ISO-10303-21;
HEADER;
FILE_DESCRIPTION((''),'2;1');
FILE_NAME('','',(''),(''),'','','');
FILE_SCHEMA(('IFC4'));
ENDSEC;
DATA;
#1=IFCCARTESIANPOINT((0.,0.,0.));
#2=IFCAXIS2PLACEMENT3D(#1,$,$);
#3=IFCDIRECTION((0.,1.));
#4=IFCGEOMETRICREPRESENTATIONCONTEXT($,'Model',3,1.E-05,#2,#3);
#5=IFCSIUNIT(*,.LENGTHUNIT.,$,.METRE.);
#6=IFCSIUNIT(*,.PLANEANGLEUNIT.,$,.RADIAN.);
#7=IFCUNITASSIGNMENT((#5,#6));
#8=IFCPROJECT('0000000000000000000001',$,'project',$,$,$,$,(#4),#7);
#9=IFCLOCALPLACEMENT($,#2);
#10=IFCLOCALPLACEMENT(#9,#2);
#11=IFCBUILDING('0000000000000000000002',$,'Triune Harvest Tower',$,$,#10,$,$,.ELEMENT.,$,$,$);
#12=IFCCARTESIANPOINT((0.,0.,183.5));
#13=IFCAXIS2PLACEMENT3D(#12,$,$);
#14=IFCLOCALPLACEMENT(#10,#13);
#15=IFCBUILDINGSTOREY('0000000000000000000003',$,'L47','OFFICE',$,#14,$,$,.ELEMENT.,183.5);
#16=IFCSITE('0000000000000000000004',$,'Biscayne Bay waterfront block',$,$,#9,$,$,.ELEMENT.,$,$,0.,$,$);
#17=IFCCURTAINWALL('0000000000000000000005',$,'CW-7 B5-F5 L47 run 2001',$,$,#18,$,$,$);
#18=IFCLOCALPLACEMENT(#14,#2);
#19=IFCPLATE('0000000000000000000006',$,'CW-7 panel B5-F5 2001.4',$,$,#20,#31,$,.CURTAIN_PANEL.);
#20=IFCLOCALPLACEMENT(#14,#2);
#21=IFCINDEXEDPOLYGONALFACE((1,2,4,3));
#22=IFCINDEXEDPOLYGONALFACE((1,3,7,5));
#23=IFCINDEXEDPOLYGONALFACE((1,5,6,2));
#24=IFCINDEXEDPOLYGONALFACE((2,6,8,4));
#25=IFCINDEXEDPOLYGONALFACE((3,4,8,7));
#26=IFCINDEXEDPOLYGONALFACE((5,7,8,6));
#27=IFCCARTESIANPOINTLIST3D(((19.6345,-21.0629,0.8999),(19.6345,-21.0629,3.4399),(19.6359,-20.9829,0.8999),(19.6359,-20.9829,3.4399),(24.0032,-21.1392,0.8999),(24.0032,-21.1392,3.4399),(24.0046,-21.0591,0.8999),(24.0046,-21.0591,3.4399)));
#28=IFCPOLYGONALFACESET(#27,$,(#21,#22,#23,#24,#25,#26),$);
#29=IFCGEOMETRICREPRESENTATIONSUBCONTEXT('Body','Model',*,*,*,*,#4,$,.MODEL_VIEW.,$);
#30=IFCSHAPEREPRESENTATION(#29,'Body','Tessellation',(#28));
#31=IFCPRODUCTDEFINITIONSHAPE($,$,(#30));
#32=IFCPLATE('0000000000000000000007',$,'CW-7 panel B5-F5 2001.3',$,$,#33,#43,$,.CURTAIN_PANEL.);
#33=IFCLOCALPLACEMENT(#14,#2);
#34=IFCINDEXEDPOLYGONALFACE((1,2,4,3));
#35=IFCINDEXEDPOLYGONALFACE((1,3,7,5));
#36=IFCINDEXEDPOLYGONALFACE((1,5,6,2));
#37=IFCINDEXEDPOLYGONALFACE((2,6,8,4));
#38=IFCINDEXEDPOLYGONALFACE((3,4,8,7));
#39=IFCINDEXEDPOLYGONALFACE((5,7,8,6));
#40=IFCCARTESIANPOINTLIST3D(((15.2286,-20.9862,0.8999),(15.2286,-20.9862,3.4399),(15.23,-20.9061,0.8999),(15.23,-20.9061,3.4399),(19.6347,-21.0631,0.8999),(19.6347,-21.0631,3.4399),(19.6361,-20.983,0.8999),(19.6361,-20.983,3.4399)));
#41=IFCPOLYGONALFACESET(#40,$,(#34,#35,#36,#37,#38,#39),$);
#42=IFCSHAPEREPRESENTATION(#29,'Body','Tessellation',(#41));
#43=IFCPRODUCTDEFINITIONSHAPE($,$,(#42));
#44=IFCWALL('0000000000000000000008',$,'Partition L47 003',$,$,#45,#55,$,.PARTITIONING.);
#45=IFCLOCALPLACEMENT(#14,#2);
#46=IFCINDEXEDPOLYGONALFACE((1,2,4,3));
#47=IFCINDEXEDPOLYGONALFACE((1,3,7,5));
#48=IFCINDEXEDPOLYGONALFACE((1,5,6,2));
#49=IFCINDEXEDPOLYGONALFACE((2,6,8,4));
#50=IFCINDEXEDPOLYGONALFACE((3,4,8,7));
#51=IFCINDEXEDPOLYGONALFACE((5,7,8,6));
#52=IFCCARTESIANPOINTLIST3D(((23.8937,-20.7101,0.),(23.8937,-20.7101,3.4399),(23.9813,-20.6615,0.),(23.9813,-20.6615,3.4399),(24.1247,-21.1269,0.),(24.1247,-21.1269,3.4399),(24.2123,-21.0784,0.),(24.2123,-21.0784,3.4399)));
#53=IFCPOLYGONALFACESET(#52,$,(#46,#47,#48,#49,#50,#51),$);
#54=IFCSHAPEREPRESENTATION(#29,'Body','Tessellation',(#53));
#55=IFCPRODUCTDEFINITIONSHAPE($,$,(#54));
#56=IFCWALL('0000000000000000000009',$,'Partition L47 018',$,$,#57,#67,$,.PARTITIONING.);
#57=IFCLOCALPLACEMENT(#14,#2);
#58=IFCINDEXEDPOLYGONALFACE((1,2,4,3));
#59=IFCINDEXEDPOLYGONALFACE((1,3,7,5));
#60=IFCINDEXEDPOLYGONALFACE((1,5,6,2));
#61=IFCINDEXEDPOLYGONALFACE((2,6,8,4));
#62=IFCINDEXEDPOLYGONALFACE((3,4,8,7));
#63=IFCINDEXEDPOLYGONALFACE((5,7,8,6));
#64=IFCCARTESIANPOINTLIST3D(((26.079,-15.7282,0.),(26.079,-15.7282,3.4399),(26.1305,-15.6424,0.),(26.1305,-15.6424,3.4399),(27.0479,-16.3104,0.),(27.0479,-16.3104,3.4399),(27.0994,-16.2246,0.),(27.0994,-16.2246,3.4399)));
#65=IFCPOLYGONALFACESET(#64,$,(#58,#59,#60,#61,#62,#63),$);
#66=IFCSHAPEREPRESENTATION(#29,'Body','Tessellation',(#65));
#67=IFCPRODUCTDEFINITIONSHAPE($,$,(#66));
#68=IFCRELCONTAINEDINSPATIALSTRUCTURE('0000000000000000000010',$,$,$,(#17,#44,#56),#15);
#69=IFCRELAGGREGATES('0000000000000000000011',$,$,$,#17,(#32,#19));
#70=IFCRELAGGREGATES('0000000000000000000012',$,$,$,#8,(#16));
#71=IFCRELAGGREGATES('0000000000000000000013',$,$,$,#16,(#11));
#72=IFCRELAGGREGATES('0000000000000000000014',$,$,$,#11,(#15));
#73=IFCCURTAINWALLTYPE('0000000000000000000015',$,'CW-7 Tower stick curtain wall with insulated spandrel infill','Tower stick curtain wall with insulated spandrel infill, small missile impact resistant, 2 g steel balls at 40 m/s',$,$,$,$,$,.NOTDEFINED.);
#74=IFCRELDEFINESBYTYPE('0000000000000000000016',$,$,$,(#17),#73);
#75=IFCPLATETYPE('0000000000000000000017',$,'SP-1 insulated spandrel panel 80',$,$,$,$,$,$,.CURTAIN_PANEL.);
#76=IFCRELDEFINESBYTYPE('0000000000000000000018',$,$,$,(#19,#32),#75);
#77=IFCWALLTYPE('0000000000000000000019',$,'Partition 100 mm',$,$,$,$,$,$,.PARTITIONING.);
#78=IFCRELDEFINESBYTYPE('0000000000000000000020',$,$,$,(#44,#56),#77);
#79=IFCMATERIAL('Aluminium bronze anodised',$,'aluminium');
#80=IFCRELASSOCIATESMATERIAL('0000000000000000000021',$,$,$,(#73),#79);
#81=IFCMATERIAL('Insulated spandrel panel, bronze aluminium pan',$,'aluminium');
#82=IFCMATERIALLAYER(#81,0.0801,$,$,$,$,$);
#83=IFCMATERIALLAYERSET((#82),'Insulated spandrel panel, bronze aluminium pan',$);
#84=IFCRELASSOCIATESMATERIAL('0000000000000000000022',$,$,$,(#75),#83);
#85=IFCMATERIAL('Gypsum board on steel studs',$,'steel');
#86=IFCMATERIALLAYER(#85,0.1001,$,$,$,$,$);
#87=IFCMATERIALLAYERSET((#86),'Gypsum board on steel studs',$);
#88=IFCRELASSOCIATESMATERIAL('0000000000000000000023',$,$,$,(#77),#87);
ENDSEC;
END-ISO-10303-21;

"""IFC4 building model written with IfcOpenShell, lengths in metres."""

from ifc_helpers import new_model, si_unit, direction, frame, frame_2d, origin, origin_2d, place, context, subcontext, project, spatial, rectangle, extrude, source, transform, mapped, material, layer, layer_set, type_object, element, aggregate, save


model = new_model("IFC4")

# Units and contexts
model_context = context("Model", 3, precision=1e-05, world=origin(), true_north=direction((0.0, 1.0)))
body_context = subcontext(model_context, "Body", "Model", "MODEL_VIEW")
ifc_project = project(units=[si_unit("LENGTHUNIT", "METRE"), si_unit("PLANEANGLEUNIT", "RADIAN")], contexts=[model_context])

# Site, building, storey
site_placement = place(None, origin())
site = spatial("IfcSite", under=ifc_project, at=site_placement, Name="Biscayne Bay waterfront block", CompositionType="ELEMENT", RefElevation=0.0)
building_placement = place(site_placement, origin())
building = spatial("IfcBuilding", under=site, at=building_placement, Name="Triune Harvest Tower", CompositionType="ELEMENT")
storey_placement = place(building_placement, frame((0.0, 0.0, 183.5)))
storey = spatial("IfcBuildingStorey", under=building, at=storey_placement, Name="L47", Description="OFFICE", CompositionType="ELEMENT", Elevation=183.5)

# Curtain wall
ifc_material_1 = material(Name="Aluminium bronze anodised", Category="aluminium")
curtain_wall_type_1 = type_object("IfcCurtainWallType", Name="CW-7 Tower stick curtain wall with insulated spandrel infill", Description="Tower stick curtain wall with insulated spandrel infill, small missile impact resistant, 2 g steel balls at 40 m/s", PredefinedType="NOTDEFINED", material=ifc_material_1)
curtain_wall_1_placement = place(storey_placement, origin())
curtain_wall_1 = element("IfcCurtainWall", 1, at=curtain_wall_1_placement, inside=storey, type_object=curtain_wall_type_1, Name="CW-7 B5-F5 L47 run 2001")

# Plates
ifc_material_2 = material(Name="Insulated spandrel panel, bronze aluminium pan", Category="aluminium")
ifc_layer_1 = layer(ifc_material_2, 0.0801)
ifc_layer_set_1 = layer_set([ifc_layer_1], Name="Insulated spandrel panel, bronze aluminium pan")
plate_type_1 = type_object("IfcPlateType", Name="SP-1 insulated spandrel panel 80", PredefinedType="CURTAIN_PANEL", material=ifc_layer_set_1)
shared_shape_1 = source(origin(), body_context, "Body", "SweptSolid", [
    extrude(rectangle(XDim=4.3694, YDim=0.0801, at=origin_2d()), origin(), (0.0, 0.0, 1.0), 2.54),
])
plate_1_placement = place(storey_placement, frame((21.8196, -21.061, 0.8999), z_axis=(0.0, 0.0, 1.0), x_axis=(0.999848, -0.017451, 0.0)))
plate_1 = element("IfcPlate", 2, at=plate_1_placement, type_object=plate_type_1, Name="CW-7 panel B5-F5 2001.4", PredefinedType="CURTAIN_PANEL", context=body_context, shape_type="MappedRepresentation", body=[
    mapped(shared_shape_1, transform((0.0, 0.0, 0.0), scale=1.0)),
])
shared_shape_2 = source(origin(), body_context, "Body", "SweptSolid", [
    extrude(rectangle(XDim=4.4067, YDim=0.0801, at=origin_2d()), origin(), (0.0, 0.0, 1.0), 2.54),
])
plate_2_placement = place(storey_placement, frame((17.4324, -20.9846, 0.8999), z_axis=(0.0, 0.0, 1.0), x_axis=(0.999848, -0.017451, 0.0)))
plate_2 = element("IfcPlate", 3, at=plate_2_placement, type_object=plate_type_1, Name="CW-7 panel B5-F5 2001.3", PredefinedType="CURTAIN_PANEL", context=body_context, shape_type="MappedRepresentation", body=[
    mapped(shared_shape_2, transform((0.0, 0.0, 0.0), scale=1.0)),
])
aggregate(curtain_wall_1, [plate_2, plate_1])

# Walls
ifc_material_3 = material(Name="Gypsum board on steel studs", Category="steel")
ifc_layer_2 = layer(ifc_material_3, 0.1001)
ifc_layer_set_2 = layer_set([ifc_layer_2], Name="Gypsum board on steel studs")
wall_type = type_object("IfcWallType", Name="Partition 100 mm", PredefinedType="PARTITIONING", material=ifc_layer_set_2)
wall_1_placement = place(storey_placement, frame((23.9375, -20.6858, 0.0), z_axis=(0.0, 0.0, 1.0), x_axis=(0.484729, -0.874664, 0.0)))
element("IfcWall", 4, at=wall_1_placement, inside=storey, type_object=wall_type, Name="Partition L47 003", PredefinedType="PARTITIONING", context=body_context, shape_type="SweptSolid", body=[
    extrude(rectangle(XDim=0.4766, YDim=0.1001, at=frame_2d((0.2383, 0.0))), origin(), (0.0, 0.0, 1.0), 3.4399),
])
shared_shape_3 = source(origin(), body_context, "Body", "SweptSolid", [
    extrude(rectangle(XDim=1.1304, YDim=0.1001, at=frame_2d((0.5652, 0.0))), origin(), (0.0, 0.0, 1.0), 3.4399),
])
wall_2_placement = place(storey_placement, frame((26.1047, -15.6853, 0.0), z_axis=(0.0, 0.0, 1.0), x_axis=(0.85715, -0.515067, 0.0)))
element("IfcWall", 5, at=wall_2_placement, inside=storey, type_object=wall_type, Name="Partition L47 018", PredefinedType="PARTITIONING", context=body_context, shape_type="MappedRepresentation", body=[
    mapped(shared_shape_3, transform((0.0, 0.0, 0.0), scale=1.0)),
])

save(model, "model.ifc")
